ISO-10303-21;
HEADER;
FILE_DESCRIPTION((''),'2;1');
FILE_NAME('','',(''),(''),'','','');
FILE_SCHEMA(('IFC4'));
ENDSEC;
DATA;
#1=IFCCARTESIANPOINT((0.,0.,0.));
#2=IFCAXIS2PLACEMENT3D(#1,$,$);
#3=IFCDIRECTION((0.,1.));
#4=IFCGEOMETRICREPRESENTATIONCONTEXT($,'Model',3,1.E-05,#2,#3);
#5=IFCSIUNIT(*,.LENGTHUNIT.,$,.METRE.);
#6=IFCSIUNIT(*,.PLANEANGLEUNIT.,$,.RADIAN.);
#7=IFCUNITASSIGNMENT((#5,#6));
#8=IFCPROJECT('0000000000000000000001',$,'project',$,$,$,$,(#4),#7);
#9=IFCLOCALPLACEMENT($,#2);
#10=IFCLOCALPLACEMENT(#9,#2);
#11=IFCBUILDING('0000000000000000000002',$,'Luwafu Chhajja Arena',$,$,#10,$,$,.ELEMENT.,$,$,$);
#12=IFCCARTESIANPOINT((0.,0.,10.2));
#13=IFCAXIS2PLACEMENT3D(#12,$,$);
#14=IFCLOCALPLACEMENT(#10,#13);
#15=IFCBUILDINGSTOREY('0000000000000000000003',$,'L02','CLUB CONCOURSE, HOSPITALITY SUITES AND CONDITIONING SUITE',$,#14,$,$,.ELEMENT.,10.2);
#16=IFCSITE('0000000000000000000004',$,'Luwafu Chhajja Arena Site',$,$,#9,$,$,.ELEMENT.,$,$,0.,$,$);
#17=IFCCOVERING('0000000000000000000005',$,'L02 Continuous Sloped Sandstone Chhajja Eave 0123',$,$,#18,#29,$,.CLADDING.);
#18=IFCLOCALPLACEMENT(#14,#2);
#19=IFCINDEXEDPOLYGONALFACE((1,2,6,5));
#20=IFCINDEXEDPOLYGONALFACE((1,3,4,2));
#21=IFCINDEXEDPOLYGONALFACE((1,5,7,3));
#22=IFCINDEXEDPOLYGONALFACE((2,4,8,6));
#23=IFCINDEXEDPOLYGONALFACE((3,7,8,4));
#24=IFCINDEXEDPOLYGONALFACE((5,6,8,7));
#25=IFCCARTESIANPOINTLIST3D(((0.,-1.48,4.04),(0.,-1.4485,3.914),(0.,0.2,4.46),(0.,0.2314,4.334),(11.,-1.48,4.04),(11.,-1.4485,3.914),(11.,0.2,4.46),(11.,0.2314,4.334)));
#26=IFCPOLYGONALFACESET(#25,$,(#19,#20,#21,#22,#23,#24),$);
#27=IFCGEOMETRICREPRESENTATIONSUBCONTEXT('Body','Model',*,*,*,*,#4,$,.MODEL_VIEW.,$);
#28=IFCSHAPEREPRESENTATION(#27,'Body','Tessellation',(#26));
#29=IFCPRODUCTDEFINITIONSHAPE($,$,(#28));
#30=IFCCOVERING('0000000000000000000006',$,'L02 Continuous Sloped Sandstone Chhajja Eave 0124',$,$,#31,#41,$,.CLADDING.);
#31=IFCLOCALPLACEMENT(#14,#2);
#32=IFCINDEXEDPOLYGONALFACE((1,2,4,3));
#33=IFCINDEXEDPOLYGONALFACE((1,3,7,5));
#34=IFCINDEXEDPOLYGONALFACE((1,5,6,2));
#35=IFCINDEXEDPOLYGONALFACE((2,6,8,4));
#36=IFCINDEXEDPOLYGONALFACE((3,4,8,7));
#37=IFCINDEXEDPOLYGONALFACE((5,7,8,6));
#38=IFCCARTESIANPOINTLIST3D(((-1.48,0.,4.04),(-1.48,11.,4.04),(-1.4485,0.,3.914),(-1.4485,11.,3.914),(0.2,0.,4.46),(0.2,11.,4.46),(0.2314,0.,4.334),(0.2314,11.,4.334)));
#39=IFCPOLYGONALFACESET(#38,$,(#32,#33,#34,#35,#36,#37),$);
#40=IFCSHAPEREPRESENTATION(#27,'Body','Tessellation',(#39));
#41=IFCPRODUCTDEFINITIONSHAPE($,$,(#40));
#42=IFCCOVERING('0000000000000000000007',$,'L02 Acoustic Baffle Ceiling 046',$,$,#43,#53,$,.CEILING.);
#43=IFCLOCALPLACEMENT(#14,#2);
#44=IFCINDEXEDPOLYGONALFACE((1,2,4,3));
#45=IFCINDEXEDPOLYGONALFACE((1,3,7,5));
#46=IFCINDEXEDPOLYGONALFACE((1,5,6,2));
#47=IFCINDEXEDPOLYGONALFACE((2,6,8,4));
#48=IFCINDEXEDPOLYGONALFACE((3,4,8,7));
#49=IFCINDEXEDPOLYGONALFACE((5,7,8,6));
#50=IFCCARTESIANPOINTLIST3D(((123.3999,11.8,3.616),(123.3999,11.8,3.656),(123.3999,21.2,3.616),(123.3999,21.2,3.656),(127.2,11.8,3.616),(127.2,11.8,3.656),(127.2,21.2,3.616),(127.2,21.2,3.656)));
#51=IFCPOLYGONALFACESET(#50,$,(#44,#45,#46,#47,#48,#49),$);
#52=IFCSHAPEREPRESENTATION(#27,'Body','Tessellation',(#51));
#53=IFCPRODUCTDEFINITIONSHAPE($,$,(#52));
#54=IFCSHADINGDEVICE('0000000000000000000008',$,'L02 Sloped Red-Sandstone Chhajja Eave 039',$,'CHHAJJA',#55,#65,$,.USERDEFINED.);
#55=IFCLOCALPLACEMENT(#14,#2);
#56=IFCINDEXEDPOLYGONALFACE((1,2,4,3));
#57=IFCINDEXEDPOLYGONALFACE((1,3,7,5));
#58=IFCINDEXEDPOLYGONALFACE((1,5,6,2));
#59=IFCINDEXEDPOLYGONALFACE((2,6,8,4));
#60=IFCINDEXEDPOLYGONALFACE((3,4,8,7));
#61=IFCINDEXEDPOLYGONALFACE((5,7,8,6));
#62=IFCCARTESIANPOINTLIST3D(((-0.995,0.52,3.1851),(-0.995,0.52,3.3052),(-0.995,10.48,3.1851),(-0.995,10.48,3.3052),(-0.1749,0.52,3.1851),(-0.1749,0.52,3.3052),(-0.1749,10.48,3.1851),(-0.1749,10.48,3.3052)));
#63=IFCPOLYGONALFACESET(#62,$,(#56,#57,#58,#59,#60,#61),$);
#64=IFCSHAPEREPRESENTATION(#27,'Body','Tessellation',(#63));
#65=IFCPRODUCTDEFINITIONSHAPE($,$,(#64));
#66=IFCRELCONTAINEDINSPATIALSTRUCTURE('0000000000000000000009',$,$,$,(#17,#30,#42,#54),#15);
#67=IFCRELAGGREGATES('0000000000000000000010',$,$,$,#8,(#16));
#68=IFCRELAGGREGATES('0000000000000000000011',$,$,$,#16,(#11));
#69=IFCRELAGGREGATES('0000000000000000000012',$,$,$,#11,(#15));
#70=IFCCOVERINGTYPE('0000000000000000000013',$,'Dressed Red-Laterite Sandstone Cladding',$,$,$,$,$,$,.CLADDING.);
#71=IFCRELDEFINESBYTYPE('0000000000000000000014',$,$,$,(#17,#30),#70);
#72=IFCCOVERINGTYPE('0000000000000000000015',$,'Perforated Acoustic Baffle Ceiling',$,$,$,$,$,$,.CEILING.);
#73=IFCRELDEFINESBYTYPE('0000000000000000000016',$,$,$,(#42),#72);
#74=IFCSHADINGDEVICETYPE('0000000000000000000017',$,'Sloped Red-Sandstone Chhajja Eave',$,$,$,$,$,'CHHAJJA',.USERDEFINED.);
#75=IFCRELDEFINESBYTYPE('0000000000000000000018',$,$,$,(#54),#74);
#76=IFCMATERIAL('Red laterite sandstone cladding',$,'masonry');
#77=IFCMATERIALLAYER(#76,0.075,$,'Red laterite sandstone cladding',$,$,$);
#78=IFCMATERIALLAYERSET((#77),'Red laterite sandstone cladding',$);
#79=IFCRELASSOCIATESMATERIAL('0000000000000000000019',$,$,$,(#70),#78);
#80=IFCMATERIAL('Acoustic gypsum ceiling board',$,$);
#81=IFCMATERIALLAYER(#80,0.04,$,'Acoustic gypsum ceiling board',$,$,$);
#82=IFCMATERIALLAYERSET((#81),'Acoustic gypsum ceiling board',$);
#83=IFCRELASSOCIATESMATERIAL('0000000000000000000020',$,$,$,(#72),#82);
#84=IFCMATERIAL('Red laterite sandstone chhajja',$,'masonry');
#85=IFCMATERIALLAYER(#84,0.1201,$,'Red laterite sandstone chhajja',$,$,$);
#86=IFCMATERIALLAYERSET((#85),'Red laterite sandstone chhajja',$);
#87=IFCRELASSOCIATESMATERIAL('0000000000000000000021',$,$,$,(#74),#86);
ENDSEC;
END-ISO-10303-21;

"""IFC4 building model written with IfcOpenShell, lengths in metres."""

from ifc_helpers import new_model, si_unit, direction, frame, origin, origin_2d, place, context, subcontext, project, spatial, polyline, rectangle, outline, extrude, material, layer, layer_set, type_object, element, save


model = new_model("IFC4")

# Units and contexts
model_context = context("Model", 3, precision=1e-05, world=origin(), true_north=direction((0.0, 1.0)))
body_context = subcontext(model_context, "Body", "Model", "MODEL_VIEW")
ifc_project = project(units=[si_unit("LENGTHUNIT", "METRE"), si_unit("PLANEANGLEUNIT", "RADIAN")], contexts=[model_context])

# Site, building, storey
site_placement = place(None, origin())
site = spatial("IfcSite", under=ifc_project, at=site_placement, Name="Luwafu Chhajja Arena Site", CompositionType="ELEMENT", RefElevation=0.0)
building_placement = place(site_placement, origin())
building = spatial("IfcBuilding", under=site, at=building_placement, Name="Luwafu Chhajja Arena", CompositionType="ELEMENT")
storey_placement = place(building_placement, frame((0.0, 0.0, 10.2)))
storey = spatial("IfcBuildingStorey", under=building, at=storey_placement, Name="L02", Description="CLUB CONCOURSE, HOSPITALITY SUITES AND CONDITIONING SUITE", CompositionType="ELEMENT", Elevation=10.2)

# Coverings
ifc_material_1 = material(Name="Red laterite sandstone cladding", Category="masonry")
ifc_layer_1 = layer(ifc_material_1, 0.075, Name="Red laterite sandstone cladding")
ifc_layer_set_1 = layer_set([ifc_layer_1], Name="Red laterite sandstone cladding")
covering_type_1 = type_object("IfcCoveringType", Name="Dressed Red-Laterite Sandstone Cladding", PredefinedType="CLADDING", material=ifc_layer_set_1)
covering_1_placement = place(storey_placement, frame((0.0, 0.2, 4.46), z_axis=(0.0, -0.242502, 0.970151), x_axis=(1.0, 0.0, 0.0)))
element("IfcCovering", 1, at=covering_1_placement, inside=storey, type_object=covering_type_1, Name="L02 Continuous Sloped Sandstone Chhajja Eave 0123", PredefinedType="CLADDING", context=body_context, shape_type="SweptSolid", body=[
    extrude(outline(polyline([(0.0, 0.0), (11.0, 0.0), (11.0, -1.7316), (0.0, -1.7316), (0.0, 0.0)])), origin(), (0.0, 0.0, -1.0), 0.1299),
])
covering_2_placement = place(storey_placement, frame((0.2, 0.0, 4.46), z_axis=(-0.242502, 0.0, 0.970151), x_axis=(0.0, 1.0, 0.0)))
element("IfcCovering", 2, at=covering_2_placement, inside=storey, type_object=covering_type_1, Name="L02 Continuous Sloped Sandstone Chhajja Eave 0124", PredefinedType="CLADDING", context=body_context, shape_type="SweptSolid", body=[
    extrude(outline(polyline([(0.0, 0.0), (11.0, 0.0), (11.0, 1.7316), (0.0, 1.7316), (0.0, 0.0)])), origin(), (0.0, 0.0, -1.0), 0.1299),
])
ifc_material_2 = material(Name="Acoustic gypsum ceiling board")
ifc_layer_2 = layer(ifc_material_2, 0.04, Name="Acoustic gypsum ceiling board")
ifc_layer_set_2 = layer_set([ifc_layer_2], Name="Acoustic gypsum ceiling board")
covering_type_2 = type_object("IfcCoveringType", Name="Perforated Acoustic Baffle Ceiling", PredefinedType="CEILING", material=ifc_layer_set_2)
covering_3_placement = place(storey_placement, frame((0.0, 0.0, 3.616)))
element("IfcCovering", 3, at=covering_3_placement, inside=storey, type_object=covering_type_2, Name="L02 Acoustic Baffle Ceiling 046", PredefinedType="CEILING", context=body_context, shape_type="SweptSolid", body=[
    extrude(outline(polyline([(123.3999, 11.8), (127.2, 11.8), (127.2, 21.2), (123.3999, 21.2), (123.3999, 11.8)])), origin(), (0.0, 0.0, 1.0), 0.04),
])

# Shading device
ifc_material_3 = material(Name="Red laterite sandstone chhajja", Category="masonry")
ifc_layer_3 = layer(ifc_material_3, 0.1201, Name="Red laterite sandstone chhajja")
ifc_layer_set_3 = layer_set([ifc_layer_3], Name="Red laterite sandstone chhajja")
shading_device_type = type_object("IfcShadingDeviceType", Name="Sloped Red-Sandstone Chhajja Eave", ElementType="CHHAJJA", PredefinedType="USERDEFINED", material=ifc_layer_set_3)
shading_device_placement = place(storey_placement, frame((-0.585, 5.5, 3.1851), z_axis=(0.0, 0.0, 1.0), x_axis=(0.0, 1.0, 0.0)))
element("IfcShadingDevice", 4, at=shading_device_placement, inside=storey, type_object=shading_device_type, Name="L02 Sloped Red-Sandstone Chhajja Eave 039", ObjectType="CHHAJJA", PredefinedType="USERDEFINED", context=body_context, shape_type="SweptSolid", body=[
    extrude(rectangle(XDim=9.96, YDim=0.8201, at=origin_2d()), origin(), (0.0, 0.0, 1.0), 0.1201),
])

save(model, "model.ifc")
